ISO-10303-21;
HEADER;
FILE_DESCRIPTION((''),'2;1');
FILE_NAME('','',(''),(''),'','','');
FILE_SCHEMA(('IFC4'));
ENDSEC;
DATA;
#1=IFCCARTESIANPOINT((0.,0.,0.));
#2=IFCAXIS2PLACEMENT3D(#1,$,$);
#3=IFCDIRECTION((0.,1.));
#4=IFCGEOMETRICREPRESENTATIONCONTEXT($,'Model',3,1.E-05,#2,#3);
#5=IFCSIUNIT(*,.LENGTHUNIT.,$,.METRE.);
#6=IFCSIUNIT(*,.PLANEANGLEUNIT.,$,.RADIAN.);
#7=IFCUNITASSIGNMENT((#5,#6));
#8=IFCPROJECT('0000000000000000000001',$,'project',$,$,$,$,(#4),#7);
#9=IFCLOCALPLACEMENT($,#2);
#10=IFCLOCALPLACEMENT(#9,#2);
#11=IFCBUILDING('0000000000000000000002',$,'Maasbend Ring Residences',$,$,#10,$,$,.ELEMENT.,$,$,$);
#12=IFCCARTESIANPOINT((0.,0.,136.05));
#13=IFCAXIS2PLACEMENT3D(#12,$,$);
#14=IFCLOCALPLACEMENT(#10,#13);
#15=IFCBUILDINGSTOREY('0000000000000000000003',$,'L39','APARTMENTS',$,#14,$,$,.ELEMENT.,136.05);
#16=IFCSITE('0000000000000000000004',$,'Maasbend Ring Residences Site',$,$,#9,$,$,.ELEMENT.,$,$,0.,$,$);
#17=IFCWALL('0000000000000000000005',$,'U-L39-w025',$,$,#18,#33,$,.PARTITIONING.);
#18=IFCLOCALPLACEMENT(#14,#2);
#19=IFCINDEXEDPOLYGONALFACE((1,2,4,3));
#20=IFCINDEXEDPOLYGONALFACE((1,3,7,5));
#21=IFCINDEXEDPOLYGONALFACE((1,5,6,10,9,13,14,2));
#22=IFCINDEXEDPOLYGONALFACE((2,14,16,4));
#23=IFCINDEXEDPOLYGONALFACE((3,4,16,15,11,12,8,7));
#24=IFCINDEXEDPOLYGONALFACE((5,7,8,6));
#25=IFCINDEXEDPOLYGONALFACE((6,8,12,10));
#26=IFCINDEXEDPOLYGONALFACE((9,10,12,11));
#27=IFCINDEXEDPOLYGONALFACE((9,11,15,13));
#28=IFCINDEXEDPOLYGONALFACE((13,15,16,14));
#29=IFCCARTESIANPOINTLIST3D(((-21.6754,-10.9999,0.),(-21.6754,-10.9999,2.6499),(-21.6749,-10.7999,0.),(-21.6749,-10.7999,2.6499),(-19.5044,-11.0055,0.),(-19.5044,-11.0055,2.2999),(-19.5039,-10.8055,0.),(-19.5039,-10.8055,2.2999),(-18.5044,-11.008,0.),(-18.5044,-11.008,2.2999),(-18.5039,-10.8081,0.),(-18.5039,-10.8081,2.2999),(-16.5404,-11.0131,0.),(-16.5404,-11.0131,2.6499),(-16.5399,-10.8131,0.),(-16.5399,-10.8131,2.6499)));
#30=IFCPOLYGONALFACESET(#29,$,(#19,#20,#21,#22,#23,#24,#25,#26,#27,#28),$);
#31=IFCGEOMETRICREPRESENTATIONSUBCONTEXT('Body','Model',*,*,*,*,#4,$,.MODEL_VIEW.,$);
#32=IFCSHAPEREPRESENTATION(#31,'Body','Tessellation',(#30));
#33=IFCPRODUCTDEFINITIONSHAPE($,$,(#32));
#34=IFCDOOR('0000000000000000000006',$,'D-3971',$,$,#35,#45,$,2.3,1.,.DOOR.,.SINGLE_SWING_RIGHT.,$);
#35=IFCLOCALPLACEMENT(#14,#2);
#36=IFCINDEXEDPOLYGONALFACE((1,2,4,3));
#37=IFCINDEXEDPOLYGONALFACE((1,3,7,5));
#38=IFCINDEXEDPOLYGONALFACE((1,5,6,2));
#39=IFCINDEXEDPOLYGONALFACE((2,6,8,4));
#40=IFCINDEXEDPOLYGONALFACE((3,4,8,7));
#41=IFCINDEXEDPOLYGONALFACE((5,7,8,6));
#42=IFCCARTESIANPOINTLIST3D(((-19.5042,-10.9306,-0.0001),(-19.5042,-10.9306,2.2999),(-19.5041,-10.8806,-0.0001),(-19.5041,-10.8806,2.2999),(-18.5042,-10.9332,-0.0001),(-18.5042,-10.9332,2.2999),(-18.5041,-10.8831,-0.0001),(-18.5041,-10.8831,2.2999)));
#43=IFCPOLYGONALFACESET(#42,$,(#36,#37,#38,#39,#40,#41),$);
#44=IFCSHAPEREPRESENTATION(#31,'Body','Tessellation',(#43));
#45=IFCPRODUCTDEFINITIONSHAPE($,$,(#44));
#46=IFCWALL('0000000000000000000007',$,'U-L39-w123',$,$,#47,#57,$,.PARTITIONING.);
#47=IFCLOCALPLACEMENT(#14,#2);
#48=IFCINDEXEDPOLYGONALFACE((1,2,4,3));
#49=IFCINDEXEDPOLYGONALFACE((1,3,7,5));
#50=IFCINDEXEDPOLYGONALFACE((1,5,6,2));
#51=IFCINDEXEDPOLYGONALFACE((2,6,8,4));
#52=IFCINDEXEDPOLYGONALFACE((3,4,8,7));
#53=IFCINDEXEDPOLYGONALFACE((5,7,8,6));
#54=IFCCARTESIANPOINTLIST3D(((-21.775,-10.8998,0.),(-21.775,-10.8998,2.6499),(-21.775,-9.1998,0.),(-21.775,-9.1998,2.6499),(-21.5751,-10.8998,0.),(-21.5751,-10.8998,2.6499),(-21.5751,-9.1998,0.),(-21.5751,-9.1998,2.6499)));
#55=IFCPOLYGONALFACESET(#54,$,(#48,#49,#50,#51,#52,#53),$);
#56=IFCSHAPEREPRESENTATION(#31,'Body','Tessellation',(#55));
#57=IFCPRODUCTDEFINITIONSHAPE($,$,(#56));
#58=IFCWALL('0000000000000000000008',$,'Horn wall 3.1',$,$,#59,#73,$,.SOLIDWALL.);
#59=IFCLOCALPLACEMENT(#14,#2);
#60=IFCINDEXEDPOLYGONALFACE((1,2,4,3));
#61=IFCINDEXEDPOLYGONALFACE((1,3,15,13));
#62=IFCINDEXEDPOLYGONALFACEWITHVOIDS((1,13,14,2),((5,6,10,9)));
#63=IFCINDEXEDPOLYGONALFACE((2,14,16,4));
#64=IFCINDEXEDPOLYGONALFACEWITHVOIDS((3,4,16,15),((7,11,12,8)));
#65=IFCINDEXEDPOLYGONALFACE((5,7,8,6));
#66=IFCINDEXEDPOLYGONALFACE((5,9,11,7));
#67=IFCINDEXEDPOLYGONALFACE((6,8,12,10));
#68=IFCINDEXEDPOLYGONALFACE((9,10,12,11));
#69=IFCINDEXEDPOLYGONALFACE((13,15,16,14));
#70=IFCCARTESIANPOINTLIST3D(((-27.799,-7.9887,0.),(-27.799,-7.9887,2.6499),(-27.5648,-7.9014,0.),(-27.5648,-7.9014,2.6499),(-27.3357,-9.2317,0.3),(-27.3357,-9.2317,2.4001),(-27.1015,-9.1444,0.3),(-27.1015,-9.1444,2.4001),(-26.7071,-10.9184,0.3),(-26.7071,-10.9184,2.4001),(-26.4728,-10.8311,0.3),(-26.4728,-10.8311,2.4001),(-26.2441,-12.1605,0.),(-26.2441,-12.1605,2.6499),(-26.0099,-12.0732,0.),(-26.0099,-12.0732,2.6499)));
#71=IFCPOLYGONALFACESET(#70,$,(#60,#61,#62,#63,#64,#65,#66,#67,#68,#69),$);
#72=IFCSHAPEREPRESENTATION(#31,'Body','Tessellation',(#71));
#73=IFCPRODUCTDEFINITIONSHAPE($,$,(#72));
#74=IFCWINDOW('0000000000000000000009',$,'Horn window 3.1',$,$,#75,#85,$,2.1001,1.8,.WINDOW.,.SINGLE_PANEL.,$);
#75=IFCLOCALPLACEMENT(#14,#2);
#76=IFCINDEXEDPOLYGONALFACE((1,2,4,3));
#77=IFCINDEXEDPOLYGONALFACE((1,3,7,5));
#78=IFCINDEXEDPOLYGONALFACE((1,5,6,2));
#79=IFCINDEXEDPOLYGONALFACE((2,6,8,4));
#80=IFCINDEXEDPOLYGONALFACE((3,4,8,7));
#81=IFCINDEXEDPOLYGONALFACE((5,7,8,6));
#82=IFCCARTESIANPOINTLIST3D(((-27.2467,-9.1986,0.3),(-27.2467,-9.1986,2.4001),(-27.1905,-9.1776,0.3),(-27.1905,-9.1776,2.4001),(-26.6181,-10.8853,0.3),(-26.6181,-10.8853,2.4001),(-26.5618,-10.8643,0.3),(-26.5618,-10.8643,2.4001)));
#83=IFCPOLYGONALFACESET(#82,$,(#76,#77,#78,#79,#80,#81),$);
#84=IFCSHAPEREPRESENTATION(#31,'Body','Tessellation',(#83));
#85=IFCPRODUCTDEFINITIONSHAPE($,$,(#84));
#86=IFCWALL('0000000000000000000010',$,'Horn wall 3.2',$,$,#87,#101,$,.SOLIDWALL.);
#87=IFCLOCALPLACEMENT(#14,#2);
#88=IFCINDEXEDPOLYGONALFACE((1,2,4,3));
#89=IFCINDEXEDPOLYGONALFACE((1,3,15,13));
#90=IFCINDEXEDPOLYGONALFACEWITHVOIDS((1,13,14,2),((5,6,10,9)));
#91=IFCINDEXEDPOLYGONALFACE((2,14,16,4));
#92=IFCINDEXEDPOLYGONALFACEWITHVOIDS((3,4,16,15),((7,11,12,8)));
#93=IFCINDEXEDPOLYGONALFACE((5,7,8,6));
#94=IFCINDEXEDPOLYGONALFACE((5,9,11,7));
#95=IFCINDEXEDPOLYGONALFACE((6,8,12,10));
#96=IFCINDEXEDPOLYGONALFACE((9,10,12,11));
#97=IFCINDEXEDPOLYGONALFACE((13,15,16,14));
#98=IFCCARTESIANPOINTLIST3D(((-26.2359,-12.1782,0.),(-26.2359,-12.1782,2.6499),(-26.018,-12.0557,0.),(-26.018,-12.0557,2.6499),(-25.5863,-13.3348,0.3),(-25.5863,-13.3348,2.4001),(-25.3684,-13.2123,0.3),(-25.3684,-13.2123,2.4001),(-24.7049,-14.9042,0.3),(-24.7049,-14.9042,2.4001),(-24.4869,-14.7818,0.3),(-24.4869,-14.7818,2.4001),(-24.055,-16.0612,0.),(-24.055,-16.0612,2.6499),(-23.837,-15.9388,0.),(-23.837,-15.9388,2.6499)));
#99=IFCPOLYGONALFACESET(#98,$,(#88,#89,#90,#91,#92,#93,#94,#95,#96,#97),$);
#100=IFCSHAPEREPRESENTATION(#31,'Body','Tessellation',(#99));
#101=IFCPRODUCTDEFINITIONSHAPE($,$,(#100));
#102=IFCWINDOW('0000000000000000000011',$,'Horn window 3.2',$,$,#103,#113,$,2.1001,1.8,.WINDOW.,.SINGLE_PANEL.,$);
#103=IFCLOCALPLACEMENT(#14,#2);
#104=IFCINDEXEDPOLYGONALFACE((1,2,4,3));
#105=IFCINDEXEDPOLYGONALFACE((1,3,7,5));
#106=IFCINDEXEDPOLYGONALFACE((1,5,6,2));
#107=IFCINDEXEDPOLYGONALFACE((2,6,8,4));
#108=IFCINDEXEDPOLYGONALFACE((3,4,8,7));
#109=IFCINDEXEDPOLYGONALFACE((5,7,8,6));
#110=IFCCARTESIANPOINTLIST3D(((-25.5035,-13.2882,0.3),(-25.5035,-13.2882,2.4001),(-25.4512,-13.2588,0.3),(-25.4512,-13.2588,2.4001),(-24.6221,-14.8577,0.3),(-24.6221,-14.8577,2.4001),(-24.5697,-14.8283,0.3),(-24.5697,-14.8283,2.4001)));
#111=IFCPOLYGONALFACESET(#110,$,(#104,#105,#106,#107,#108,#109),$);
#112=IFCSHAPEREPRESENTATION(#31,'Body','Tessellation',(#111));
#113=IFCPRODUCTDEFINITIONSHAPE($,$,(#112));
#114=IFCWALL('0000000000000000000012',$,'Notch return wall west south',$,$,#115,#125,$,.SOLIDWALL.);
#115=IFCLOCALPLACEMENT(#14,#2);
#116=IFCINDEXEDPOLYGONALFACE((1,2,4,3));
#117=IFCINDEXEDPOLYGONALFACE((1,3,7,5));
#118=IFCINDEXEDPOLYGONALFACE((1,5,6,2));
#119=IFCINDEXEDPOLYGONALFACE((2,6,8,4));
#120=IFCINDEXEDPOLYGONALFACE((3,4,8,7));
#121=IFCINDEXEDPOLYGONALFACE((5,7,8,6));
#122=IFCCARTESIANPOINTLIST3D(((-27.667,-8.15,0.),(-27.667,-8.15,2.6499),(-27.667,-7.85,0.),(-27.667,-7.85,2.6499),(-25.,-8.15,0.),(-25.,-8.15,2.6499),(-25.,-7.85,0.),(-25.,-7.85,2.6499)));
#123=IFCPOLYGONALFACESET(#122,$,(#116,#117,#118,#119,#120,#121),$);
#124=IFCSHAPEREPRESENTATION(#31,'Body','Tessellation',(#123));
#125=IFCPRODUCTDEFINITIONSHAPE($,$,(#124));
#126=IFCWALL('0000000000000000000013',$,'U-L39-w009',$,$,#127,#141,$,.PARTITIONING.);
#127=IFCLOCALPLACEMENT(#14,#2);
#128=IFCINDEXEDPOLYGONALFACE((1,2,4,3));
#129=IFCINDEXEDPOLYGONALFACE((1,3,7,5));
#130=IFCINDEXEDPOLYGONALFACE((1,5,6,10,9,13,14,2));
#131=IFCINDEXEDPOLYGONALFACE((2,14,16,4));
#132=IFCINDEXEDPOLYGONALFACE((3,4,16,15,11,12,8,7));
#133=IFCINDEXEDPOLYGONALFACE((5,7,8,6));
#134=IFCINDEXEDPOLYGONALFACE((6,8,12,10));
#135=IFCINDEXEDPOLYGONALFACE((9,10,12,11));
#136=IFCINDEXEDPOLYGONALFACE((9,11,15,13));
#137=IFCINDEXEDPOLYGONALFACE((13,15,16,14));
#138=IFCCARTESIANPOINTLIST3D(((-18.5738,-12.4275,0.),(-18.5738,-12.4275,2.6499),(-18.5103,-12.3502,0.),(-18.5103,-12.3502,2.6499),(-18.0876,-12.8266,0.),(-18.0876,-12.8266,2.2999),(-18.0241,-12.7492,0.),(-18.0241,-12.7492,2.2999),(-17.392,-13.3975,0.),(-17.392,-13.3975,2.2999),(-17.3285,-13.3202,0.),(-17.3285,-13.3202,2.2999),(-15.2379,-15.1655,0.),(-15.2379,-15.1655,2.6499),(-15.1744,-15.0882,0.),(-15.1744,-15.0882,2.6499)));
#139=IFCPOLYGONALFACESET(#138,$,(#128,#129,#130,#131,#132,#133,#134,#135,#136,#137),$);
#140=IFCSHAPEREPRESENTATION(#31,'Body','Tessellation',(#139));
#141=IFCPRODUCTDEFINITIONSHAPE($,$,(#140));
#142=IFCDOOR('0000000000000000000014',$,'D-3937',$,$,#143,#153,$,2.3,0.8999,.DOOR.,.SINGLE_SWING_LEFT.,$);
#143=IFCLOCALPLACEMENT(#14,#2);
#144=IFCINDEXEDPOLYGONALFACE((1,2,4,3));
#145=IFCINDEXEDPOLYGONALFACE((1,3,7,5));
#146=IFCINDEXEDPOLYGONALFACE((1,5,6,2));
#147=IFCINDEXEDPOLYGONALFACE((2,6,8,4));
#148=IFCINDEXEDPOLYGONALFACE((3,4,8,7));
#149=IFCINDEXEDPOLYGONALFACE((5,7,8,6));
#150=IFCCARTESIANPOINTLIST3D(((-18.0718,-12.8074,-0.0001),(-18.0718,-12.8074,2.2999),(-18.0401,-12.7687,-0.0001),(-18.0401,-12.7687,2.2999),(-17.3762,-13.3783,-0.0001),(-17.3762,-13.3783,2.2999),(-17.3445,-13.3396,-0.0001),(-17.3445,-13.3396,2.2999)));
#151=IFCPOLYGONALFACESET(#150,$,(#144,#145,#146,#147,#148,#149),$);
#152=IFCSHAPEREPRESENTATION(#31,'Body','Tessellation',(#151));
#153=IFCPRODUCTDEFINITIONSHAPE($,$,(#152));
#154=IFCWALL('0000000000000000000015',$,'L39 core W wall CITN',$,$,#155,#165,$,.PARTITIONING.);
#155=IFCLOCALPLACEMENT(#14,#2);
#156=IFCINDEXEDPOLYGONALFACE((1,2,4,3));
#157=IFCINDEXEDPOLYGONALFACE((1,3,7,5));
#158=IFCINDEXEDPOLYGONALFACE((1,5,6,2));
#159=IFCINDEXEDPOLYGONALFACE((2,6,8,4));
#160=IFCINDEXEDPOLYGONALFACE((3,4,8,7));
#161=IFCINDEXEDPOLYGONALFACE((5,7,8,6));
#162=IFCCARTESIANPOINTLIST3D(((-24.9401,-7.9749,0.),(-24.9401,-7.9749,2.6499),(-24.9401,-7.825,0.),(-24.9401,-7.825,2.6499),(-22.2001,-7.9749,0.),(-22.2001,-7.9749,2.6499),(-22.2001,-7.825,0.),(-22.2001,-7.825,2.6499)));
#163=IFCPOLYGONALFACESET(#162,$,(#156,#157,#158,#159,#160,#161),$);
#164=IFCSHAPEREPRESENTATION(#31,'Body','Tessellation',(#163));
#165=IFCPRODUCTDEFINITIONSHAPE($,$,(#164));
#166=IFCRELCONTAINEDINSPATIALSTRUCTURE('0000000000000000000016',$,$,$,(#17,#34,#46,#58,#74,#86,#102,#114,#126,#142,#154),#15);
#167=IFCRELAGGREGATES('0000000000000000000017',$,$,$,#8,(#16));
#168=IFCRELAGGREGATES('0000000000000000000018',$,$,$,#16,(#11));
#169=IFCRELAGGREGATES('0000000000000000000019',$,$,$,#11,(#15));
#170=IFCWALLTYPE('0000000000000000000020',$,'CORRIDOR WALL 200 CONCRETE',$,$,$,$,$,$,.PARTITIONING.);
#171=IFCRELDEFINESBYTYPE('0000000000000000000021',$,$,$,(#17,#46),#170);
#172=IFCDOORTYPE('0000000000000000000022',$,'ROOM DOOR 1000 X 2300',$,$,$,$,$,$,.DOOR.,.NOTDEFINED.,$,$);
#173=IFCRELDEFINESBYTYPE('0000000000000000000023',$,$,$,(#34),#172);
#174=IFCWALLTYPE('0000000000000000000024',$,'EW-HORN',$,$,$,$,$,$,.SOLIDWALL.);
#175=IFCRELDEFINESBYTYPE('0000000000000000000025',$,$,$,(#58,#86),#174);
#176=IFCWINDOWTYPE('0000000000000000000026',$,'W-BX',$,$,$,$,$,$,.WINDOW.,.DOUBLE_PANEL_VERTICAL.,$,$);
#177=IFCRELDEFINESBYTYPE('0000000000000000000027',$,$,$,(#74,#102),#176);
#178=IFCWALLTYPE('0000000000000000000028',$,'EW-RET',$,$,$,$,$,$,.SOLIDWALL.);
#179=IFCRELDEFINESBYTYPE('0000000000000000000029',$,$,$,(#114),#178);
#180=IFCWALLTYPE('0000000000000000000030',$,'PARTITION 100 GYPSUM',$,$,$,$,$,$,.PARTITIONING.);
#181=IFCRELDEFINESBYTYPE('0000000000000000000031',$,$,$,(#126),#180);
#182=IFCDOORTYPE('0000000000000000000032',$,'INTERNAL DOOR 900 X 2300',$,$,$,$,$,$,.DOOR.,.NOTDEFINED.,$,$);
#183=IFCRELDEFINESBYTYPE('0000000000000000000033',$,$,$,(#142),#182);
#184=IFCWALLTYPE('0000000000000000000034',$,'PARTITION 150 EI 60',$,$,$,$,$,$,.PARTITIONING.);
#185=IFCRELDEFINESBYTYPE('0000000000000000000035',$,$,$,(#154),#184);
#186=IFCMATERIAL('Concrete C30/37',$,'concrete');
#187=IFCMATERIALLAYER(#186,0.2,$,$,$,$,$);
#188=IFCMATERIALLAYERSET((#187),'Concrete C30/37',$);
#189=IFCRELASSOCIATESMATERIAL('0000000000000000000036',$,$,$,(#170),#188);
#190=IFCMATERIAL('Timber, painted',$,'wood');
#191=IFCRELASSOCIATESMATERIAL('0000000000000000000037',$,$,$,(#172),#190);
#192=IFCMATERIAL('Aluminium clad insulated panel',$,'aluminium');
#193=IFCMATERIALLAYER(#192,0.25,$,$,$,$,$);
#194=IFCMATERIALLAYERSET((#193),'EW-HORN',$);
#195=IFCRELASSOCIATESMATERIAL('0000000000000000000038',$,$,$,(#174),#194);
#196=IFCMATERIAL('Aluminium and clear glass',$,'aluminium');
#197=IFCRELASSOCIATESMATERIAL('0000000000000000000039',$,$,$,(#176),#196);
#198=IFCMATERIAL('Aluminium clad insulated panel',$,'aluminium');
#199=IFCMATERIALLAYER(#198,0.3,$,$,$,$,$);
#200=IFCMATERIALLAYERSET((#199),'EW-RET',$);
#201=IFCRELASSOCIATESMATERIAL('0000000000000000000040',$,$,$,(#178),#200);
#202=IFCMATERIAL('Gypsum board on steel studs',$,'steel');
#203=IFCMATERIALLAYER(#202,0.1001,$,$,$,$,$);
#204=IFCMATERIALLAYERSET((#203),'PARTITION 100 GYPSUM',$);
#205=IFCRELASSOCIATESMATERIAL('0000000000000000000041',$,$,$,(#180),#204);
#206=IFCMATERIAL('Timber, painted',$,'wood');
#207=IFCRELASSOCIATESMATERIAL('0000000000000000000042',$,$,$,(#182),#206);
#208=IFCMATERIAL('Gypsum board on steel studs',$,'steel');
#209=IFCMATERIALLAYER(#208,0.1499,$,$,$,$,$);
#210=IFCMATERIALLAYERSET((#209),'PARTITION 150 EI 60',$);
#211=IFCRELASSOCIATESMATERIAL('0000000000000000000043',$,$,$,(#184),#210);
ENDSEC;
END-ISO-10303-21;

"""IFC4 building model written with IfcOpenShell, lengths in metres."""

from ifc_helpers import new_model, si_unit, direction, frame, frame_2d, origin, place, context, subcontext, project, spatial, rectangle, extrude, material, layer, layer_set, type_object, element, fill, save


model = new_model("IFC4")

# Units and contexts
model_context = context("Model", 3, precision=1e-05, world=origin(), true_north=direction((0.0, 1.0)))
body_context = subcontext(model_context, "Body", "Model", "MODEL_VIEW")
ifc_project = project(units=[si_unit("LENGTHUNIT", "METRE"), si_unit("PLANEANGLEUNIT", "RADIAN")], contexts=[model_context])

# Site, building, storey
site_placement = place(None, origin())
site = spatial("IfcSite", under=ifc_project, at=site_placement, Name="Maasbend Ring Residences Site", CompositionType="ELEMENT", RefElevation=0.0)
building_placement = place(site_placement, origin())
building = spatial("IfcBuilding", under=site, at=building_placement, Name="Maasbend Ring Residences", CompositionType="ELEMENT")
storey_placement = place(building_placement, frame((0.0, 0.0, 136.05)))
storey = spatial("IfcBuildingStorey", under=building, at=storey_placement, Name="L39", Description="APARTMENTS", CompositionType="ELEMENT", Elevation=136.05)

# Wall, opening, door
ifc_material_1 = material(Name="Concrete C30/37", Category="concrete")
ifc_layer_1 = layer(ifc_material_1, 0.2)
ifc_layer_set_1 = layer_set([ifc_layer_1], Name="Concrete C30/37")
wall_type_1 = type_object("IfcWallType", Name="CORRIDOR WALL 200 CONCRETE", PredefinedType="PARTITIONING", material=ifc_layer_set_1)
wall_1_placement = place(storey_placement, frame((-21.675, -10.8999, 0.0), z_axis=(0.0, 0.0, 1.0), x_axis=(0.999997, -0.002567, 0.0)))
wall_1 = element("IfcWall", 1, at=wall_1_placement, inside=storey, type_object=wall_type_1, Name="U-L39-w025", PredefinedType="PARTITIONING", context=body_context, shape_type="SweptSolid", body=[
    extrude(rectangle(XDim=5.135, YDim=0.2, at=frame_2d((2.5674, 0.0))), origin(), (0.0, 0.0, 1.0), 2.6499),
])
opening_1_placement = place(wall_1_placement, frame((2.1709, 0.0, 0.0)))
opening_1 = element("IfcOpeningElement", 2, at=opening_1_placement, cuts=wall_1, PredefinedType="OPENING", context=body_context, shape_type="SweptSolid", body=[
    extrude(rectangle(XDim=1.0, YDim=2.3, at=frame_2d((0.5, 1.1499))), frame((0.0, 0.1099, 0.0), z_axis=(0.0, -1.0, 0.0), x_axis=(1.0, 0.0, 0.0)), (0.0, 0.0, 1.0), 0.22),
])
ifc_material_2 = material(Name="Timber, painted", Category="wood")
door_type_1 = type_object("IfcDoorType", Name="ROOM DOOR 1000 X 2300", OperationType="NOTDEFINED", PredefinedType="DOOR", material=ifc_material_2)
door_1_placement = place(opening_1_placement, origin())
door_1 = element("IfcDoor", 3, at=door_1_placement, inside=storey, type_object=door_type_1, Name="D-3971", OperationType="SINGLE_SWING_RIGHT", OverallHeight=2.3, OverallWidth=1.0, PredefinedType="DOOR", context=body_context, shape_type="SweptSolid", body=[
    extrude(rectangle(XDim=1.0, YDim=2.3, at=frame_2d((0.5, 1.1499))), frame((0.0, 0.0249, 0.0), z_axis=(0.0, -1.0, 0.0), x_axis=(1.0, 0.0, 0.0)), (0.0, 0.0, 1.0), 0.05),
])
fill(opening_1, door_1)

# Wall
wall_2_placement = place(storey_placement, frame((-21.675, -10.8999, 0.0), z_axis=(0.0, 0.0, 1.0), x_axis=(0.0, 1.0, 0.0)))
element("IfcWall", 4, at=wall_2_placement, inside=storey, type_object=wall_type_1, Name="U-L39-w123", PredefinedType="PARTITIONING", context=body_context, shape_type="SweptSolid", body=[
    extrude(rectangle(XDim=1.7, YDim=0.2, at=frame_2d((0.8501, 0.0))), origin(), (0.0, 0.0, 1.0), 2.6499),
])

# Walls, openings, windows
ifc_material_3 = material(Name="Aluminium clad insulated panel", Category="aluminium")
ifc_layer_2 = layer(ifc_material_3, 0.25)
ifc_layer_set_2 = layer_set([ifc_layer_2], Name="EW-HORN")
wall_type_2 = type_object("IfcWallType", Name="EW-HORN", PredefinedType="SOLIDWALL", material=ifc_layer_set_2)
wall_3_placement = place(storey_placement, frame((-27.6819, -7.9451, 0.0), z_axis=(0.0, 0.0, 1.0), x_axis=(0.349248, -0.93703, 0.0)))
wall_3 = element("IfcWall", 5, at=wall_3_placement, inside=storey, type_object=wall_type_2, Name="Horn wall 3.1", PredefinedType="SOLIDWALL", context=body_context, shape_type="SweptSolid", body=[
    extrude(rectangle(XDim=4.4521, YDim=0.25, at=frame_2d((2.2261, 0.0))), origin(), (0.0, 0.0, 1.0), 2.6499),
])
opening_2_placement = place(wall_3_placement, frame((1.3267, 0.0, 0.3)))
opening_2 = element("IfcOpeningElement", 6, at=opening_2_placement, cuts=wall_3, PredefinedType="OPENING", context=body_context, shape_type="SweptSolid", body=[
    extrude(rectangle(XDim=1.8, YDim=2.1001, at=frame_2d((0.8999, 1.05))), frame((0.0, 0.135, 0.0), z_axis=(0.0, -1.0, 0.0), x_axis=(1.0, 0.0, 0.0)), (0.0, 0.0, 1.0), 0.27),
])
ifc_material_4 = material(Name="Aluminium and clear glass", Category="aluminium")
window_type = type_object("IfcWindowType", Name="W-BX", PartitioningType="DOUBLE_PANEL_VERTICAL", PredefinedType="WINDOW", material=ifc_material_4)
window_1_placement = place(opening_2_placement, origin())
window_1 = element("IfcWindow", 7, at=window_1_placement, inside=storey, type_object=window_type, Name="Horn window 3.1", OverallHeight=2.1001, OverallWidth=1.8, PartitioningType="SINGLE_PANEL", PredefinedType="WINDOW", context=body_context, shape_type="SweptSolid", body=[
    extrude(rectangle(XDim=1.8, YDim=2.1001, at=frame_2d((0.8999, 1.05))), frame((0.0, 0.03, 0.0), z_axis=(0.0, -1.0, 0.0), x_axis=(1.0, 0.0, 0.0)), (0.0, 0.0, 1.0), 0.0601),
])
fill(opening_2, window_1)
wall_4_placement = place(storey_placement, frame((-26.127, -12.1169, 0.0), z_axis=(0.0, 0.0, 1.0), x_axis=(0.489696, -0.871893, 0.0)))
wall_4 = element("IfcWall", 8, at=wall_4_placement, inside=storey, type_object=wall_type_2, Name="Horn wall 3.2", PredefinedType="SOLIDWALL", context=body_context, shape_type="SweptSolid", body=[
    extrude(rectangle(XDim=4.4536, YDim=0.25, at=frame_2d((2.2268, 0.0))), origin(), (0.0, 0.0, 1.0), 2.6499),
])
opening_3_placement = place(wall_4_placement, frame((1.3267, 0.0, 0.3)))
opening_3 = element("IfcOpeningElement", 9, at=opening_3_placement, cuts=wall_4, PredefinedType="OPENING", context=body_context, shape_type="SweptSolid", body=[
    extrude(rectangle(XDim=1.8, YDim=2.1001, at=frame_2d((0.8999, 1.05))), frame((0.0, 0.135, 0.0), z_axis=(0.0, -1.0, 0.0), x_axis=(1.0, 0.0, 0.0)), (0.0, 0.0, 1.0), 0.27),
])
window_2_placement = place(opening_3_placement, origin())
window_2 = element("IfcWindow", 10, at=window_2_placement, inside=storey, type_object=window_type, Name="Horn window 3.2", OverallHeight=2.1001, OverallWidth=1.8, PartitioningType="SINGLE_PANEL", PredefinedType="WINDOW", context=body_context, shape_type="SweptSolid", body=[
    extrude(rectangle(XDim=1.8, YDim=2.1001, at=frame_2d((0.8999, 1.05))), frame((0.0, 0.03, 0.0), z_axis=(0.0, -1.0, 0.0), x_axis=(1.0, 0.0, 0.0)), (0.0, 0.0, 1.0), 0.0601),
])
fill(opening_3, window_2)

# Wall
ifc_material_5 = material(Name="Aluminium clad insulated panel", Category="aluminium")
ifc_layer_3 = layer(ifc_material_5, 0.3)
ifc_layer_set_3 = layer_set([ifc_layer_3], Name="EW-RET")
wall_type_3 = type_object("IfcWallType", Name="EW-RET", PredefinedType="SOLIDWALL", material=ifc_layer_set_3)
wall_5_placement = place(storey_placement, frame((-25.0, -8.0, 0.0), z_axis=(0.0, 0.0, 1.0), x_axis=(-1.0, 0.0, 0.0)))
element("IfcWall", 11, at=wall_5_placement, inside=storey, type_object=wall_type_3, Name="Notch return wall west south", PredefinedType="SOLIDWALL", context=body_context, shape_type="SweptSolid", body=[
    extrude(rectangle(XDim=2.667, YDim=0.3, at=frame_2d((1.3335, 0.0))), origin(), (0.0, 0.0, 1.0), 2.6499),
])

# Wall, opening, door
ifc_material_6 = material(Name="Gypsum board on steel studs", Category="steel")
ifc_layer_4 = layer(ifc_material_6, 0.1001)
ifc_layer_set_4 = layer_set([ifc_layer_4], Name="PARTITION 100 GYPSUM")
wall_type_4 = type_object("IfcWallType", Name="PARTITION 100 GYPSUM", PredefinedType="PARTITIONING", material=ifc_layer_set_4)
wall_6_placement = place(storey_placement, frame((-18.542, -12.3889, 0.0), z_axis=(0.0, 0.0, 1.0), x_axis=(0.772976, -0.634435, 0.0)))
wall_6 = element("IfcWall", 12, at=wall_6_placement, inside=storey, type_object=wall_type_4, Name="U-L39-w009", PredefinedType="PARTITIONING", context=body_context, shape_type="SweptSolid", body=[
    extrude(rectangle(XDim=4.3157, YDim=0.1001, at=frame_2d((2.1577, 0.0))), origin(), (0.0, 0.0, 1.0), 2.6499),
])
opening_4_placement = place(wall_6_placement, frame((0.6289, 0.0, 0.0)))
opening_4 = element("IfcOpeningElement", 13, at=opening_4_placement, cuts=wall_6, PredefinedType="OPENING", context=body_context, shape_type="SweptSolid", body=[
    extrude(rectangle(XDim=0.8999, YDim=2.3, at=frame_2d((0.45, 1.1499))), frame((0.0, 0.0601, 0.0), z_axis=(0.0, -1.0, 0.0), x_axis=(1.0, 0.0, 0.0)), (0.0, 0.0, 1.0), 0.1201),
])
ifc_material_7 = material(Name="Timber, painted", Category="wood")
door_type_2 = type_object("IfcDoorType", Name="INTERNAL DOOR 900 X 2300", OperationType="NOTDEFINED", PredefinedType="DOOR", material=ifc_material_7)
door_2_placement = place(opening_4_placement, origin())
door_2 = element("IfcDoor", 14, at=door_2_placement, inside=storey, type_object=door_type_2, Name="D-3937", OperationType="SINGLE_SWING_LEFT", OverallHeight=2.3, OverallWidth=0.8999, PredefinedType="DOOR", context=body_context, shape_type="SweptSolid", body=[
    extrude(rectangle(XDim=0.8999, YDim=2.3, at=frame_2d((0.45, 1.1499))), frame((0.0, 0.0249, 0.0), z_axis=(0.0, -1.0, 0.0), x_axis=(1.0, 0.0, 0.0)), (0.0, 0.0, 1.0), 0.05),
])
fill(opening_4, door_2)

# Wall
ifc_material_8 = material(Name="Gypsum board on steel studs", Category="steel")
ifc_layer_5 = layer(ifc_material_8, 0.1499)
ifc_layer_set_5 = layer_set([ifc_layer_5], Name="PARTITION 150 EI 60")
wall_type_5 = type_object("IfcWallType", Name="PARTITION 150 EI 60", PredefinedType="PARTITIONING", material=ifc_layer_set_5)
wall_7_placement = place(storey_placement, frame((-22.2, -7.8999, 0.0), z_axis=(0.0, 0.0, 1.0), x_axis=(-1.0, 0.0, 0.0)))
element("IfcWall", 15, at=wall_7_placement, inside=storey, type_object=wall_type_5, Name="L39 core W wall CITN", PredefinedType="PARTITIONING", context=body_context, shape_type="SweptSolid", body=[
    extrude(rectangle(XDim=2.74, YDim=0.1499, at=frame_2d((1.3701, 0.0))), origin(), (0.0, 0.0, 1.0), 2.6499),
])

save(model, "model.ifc")
